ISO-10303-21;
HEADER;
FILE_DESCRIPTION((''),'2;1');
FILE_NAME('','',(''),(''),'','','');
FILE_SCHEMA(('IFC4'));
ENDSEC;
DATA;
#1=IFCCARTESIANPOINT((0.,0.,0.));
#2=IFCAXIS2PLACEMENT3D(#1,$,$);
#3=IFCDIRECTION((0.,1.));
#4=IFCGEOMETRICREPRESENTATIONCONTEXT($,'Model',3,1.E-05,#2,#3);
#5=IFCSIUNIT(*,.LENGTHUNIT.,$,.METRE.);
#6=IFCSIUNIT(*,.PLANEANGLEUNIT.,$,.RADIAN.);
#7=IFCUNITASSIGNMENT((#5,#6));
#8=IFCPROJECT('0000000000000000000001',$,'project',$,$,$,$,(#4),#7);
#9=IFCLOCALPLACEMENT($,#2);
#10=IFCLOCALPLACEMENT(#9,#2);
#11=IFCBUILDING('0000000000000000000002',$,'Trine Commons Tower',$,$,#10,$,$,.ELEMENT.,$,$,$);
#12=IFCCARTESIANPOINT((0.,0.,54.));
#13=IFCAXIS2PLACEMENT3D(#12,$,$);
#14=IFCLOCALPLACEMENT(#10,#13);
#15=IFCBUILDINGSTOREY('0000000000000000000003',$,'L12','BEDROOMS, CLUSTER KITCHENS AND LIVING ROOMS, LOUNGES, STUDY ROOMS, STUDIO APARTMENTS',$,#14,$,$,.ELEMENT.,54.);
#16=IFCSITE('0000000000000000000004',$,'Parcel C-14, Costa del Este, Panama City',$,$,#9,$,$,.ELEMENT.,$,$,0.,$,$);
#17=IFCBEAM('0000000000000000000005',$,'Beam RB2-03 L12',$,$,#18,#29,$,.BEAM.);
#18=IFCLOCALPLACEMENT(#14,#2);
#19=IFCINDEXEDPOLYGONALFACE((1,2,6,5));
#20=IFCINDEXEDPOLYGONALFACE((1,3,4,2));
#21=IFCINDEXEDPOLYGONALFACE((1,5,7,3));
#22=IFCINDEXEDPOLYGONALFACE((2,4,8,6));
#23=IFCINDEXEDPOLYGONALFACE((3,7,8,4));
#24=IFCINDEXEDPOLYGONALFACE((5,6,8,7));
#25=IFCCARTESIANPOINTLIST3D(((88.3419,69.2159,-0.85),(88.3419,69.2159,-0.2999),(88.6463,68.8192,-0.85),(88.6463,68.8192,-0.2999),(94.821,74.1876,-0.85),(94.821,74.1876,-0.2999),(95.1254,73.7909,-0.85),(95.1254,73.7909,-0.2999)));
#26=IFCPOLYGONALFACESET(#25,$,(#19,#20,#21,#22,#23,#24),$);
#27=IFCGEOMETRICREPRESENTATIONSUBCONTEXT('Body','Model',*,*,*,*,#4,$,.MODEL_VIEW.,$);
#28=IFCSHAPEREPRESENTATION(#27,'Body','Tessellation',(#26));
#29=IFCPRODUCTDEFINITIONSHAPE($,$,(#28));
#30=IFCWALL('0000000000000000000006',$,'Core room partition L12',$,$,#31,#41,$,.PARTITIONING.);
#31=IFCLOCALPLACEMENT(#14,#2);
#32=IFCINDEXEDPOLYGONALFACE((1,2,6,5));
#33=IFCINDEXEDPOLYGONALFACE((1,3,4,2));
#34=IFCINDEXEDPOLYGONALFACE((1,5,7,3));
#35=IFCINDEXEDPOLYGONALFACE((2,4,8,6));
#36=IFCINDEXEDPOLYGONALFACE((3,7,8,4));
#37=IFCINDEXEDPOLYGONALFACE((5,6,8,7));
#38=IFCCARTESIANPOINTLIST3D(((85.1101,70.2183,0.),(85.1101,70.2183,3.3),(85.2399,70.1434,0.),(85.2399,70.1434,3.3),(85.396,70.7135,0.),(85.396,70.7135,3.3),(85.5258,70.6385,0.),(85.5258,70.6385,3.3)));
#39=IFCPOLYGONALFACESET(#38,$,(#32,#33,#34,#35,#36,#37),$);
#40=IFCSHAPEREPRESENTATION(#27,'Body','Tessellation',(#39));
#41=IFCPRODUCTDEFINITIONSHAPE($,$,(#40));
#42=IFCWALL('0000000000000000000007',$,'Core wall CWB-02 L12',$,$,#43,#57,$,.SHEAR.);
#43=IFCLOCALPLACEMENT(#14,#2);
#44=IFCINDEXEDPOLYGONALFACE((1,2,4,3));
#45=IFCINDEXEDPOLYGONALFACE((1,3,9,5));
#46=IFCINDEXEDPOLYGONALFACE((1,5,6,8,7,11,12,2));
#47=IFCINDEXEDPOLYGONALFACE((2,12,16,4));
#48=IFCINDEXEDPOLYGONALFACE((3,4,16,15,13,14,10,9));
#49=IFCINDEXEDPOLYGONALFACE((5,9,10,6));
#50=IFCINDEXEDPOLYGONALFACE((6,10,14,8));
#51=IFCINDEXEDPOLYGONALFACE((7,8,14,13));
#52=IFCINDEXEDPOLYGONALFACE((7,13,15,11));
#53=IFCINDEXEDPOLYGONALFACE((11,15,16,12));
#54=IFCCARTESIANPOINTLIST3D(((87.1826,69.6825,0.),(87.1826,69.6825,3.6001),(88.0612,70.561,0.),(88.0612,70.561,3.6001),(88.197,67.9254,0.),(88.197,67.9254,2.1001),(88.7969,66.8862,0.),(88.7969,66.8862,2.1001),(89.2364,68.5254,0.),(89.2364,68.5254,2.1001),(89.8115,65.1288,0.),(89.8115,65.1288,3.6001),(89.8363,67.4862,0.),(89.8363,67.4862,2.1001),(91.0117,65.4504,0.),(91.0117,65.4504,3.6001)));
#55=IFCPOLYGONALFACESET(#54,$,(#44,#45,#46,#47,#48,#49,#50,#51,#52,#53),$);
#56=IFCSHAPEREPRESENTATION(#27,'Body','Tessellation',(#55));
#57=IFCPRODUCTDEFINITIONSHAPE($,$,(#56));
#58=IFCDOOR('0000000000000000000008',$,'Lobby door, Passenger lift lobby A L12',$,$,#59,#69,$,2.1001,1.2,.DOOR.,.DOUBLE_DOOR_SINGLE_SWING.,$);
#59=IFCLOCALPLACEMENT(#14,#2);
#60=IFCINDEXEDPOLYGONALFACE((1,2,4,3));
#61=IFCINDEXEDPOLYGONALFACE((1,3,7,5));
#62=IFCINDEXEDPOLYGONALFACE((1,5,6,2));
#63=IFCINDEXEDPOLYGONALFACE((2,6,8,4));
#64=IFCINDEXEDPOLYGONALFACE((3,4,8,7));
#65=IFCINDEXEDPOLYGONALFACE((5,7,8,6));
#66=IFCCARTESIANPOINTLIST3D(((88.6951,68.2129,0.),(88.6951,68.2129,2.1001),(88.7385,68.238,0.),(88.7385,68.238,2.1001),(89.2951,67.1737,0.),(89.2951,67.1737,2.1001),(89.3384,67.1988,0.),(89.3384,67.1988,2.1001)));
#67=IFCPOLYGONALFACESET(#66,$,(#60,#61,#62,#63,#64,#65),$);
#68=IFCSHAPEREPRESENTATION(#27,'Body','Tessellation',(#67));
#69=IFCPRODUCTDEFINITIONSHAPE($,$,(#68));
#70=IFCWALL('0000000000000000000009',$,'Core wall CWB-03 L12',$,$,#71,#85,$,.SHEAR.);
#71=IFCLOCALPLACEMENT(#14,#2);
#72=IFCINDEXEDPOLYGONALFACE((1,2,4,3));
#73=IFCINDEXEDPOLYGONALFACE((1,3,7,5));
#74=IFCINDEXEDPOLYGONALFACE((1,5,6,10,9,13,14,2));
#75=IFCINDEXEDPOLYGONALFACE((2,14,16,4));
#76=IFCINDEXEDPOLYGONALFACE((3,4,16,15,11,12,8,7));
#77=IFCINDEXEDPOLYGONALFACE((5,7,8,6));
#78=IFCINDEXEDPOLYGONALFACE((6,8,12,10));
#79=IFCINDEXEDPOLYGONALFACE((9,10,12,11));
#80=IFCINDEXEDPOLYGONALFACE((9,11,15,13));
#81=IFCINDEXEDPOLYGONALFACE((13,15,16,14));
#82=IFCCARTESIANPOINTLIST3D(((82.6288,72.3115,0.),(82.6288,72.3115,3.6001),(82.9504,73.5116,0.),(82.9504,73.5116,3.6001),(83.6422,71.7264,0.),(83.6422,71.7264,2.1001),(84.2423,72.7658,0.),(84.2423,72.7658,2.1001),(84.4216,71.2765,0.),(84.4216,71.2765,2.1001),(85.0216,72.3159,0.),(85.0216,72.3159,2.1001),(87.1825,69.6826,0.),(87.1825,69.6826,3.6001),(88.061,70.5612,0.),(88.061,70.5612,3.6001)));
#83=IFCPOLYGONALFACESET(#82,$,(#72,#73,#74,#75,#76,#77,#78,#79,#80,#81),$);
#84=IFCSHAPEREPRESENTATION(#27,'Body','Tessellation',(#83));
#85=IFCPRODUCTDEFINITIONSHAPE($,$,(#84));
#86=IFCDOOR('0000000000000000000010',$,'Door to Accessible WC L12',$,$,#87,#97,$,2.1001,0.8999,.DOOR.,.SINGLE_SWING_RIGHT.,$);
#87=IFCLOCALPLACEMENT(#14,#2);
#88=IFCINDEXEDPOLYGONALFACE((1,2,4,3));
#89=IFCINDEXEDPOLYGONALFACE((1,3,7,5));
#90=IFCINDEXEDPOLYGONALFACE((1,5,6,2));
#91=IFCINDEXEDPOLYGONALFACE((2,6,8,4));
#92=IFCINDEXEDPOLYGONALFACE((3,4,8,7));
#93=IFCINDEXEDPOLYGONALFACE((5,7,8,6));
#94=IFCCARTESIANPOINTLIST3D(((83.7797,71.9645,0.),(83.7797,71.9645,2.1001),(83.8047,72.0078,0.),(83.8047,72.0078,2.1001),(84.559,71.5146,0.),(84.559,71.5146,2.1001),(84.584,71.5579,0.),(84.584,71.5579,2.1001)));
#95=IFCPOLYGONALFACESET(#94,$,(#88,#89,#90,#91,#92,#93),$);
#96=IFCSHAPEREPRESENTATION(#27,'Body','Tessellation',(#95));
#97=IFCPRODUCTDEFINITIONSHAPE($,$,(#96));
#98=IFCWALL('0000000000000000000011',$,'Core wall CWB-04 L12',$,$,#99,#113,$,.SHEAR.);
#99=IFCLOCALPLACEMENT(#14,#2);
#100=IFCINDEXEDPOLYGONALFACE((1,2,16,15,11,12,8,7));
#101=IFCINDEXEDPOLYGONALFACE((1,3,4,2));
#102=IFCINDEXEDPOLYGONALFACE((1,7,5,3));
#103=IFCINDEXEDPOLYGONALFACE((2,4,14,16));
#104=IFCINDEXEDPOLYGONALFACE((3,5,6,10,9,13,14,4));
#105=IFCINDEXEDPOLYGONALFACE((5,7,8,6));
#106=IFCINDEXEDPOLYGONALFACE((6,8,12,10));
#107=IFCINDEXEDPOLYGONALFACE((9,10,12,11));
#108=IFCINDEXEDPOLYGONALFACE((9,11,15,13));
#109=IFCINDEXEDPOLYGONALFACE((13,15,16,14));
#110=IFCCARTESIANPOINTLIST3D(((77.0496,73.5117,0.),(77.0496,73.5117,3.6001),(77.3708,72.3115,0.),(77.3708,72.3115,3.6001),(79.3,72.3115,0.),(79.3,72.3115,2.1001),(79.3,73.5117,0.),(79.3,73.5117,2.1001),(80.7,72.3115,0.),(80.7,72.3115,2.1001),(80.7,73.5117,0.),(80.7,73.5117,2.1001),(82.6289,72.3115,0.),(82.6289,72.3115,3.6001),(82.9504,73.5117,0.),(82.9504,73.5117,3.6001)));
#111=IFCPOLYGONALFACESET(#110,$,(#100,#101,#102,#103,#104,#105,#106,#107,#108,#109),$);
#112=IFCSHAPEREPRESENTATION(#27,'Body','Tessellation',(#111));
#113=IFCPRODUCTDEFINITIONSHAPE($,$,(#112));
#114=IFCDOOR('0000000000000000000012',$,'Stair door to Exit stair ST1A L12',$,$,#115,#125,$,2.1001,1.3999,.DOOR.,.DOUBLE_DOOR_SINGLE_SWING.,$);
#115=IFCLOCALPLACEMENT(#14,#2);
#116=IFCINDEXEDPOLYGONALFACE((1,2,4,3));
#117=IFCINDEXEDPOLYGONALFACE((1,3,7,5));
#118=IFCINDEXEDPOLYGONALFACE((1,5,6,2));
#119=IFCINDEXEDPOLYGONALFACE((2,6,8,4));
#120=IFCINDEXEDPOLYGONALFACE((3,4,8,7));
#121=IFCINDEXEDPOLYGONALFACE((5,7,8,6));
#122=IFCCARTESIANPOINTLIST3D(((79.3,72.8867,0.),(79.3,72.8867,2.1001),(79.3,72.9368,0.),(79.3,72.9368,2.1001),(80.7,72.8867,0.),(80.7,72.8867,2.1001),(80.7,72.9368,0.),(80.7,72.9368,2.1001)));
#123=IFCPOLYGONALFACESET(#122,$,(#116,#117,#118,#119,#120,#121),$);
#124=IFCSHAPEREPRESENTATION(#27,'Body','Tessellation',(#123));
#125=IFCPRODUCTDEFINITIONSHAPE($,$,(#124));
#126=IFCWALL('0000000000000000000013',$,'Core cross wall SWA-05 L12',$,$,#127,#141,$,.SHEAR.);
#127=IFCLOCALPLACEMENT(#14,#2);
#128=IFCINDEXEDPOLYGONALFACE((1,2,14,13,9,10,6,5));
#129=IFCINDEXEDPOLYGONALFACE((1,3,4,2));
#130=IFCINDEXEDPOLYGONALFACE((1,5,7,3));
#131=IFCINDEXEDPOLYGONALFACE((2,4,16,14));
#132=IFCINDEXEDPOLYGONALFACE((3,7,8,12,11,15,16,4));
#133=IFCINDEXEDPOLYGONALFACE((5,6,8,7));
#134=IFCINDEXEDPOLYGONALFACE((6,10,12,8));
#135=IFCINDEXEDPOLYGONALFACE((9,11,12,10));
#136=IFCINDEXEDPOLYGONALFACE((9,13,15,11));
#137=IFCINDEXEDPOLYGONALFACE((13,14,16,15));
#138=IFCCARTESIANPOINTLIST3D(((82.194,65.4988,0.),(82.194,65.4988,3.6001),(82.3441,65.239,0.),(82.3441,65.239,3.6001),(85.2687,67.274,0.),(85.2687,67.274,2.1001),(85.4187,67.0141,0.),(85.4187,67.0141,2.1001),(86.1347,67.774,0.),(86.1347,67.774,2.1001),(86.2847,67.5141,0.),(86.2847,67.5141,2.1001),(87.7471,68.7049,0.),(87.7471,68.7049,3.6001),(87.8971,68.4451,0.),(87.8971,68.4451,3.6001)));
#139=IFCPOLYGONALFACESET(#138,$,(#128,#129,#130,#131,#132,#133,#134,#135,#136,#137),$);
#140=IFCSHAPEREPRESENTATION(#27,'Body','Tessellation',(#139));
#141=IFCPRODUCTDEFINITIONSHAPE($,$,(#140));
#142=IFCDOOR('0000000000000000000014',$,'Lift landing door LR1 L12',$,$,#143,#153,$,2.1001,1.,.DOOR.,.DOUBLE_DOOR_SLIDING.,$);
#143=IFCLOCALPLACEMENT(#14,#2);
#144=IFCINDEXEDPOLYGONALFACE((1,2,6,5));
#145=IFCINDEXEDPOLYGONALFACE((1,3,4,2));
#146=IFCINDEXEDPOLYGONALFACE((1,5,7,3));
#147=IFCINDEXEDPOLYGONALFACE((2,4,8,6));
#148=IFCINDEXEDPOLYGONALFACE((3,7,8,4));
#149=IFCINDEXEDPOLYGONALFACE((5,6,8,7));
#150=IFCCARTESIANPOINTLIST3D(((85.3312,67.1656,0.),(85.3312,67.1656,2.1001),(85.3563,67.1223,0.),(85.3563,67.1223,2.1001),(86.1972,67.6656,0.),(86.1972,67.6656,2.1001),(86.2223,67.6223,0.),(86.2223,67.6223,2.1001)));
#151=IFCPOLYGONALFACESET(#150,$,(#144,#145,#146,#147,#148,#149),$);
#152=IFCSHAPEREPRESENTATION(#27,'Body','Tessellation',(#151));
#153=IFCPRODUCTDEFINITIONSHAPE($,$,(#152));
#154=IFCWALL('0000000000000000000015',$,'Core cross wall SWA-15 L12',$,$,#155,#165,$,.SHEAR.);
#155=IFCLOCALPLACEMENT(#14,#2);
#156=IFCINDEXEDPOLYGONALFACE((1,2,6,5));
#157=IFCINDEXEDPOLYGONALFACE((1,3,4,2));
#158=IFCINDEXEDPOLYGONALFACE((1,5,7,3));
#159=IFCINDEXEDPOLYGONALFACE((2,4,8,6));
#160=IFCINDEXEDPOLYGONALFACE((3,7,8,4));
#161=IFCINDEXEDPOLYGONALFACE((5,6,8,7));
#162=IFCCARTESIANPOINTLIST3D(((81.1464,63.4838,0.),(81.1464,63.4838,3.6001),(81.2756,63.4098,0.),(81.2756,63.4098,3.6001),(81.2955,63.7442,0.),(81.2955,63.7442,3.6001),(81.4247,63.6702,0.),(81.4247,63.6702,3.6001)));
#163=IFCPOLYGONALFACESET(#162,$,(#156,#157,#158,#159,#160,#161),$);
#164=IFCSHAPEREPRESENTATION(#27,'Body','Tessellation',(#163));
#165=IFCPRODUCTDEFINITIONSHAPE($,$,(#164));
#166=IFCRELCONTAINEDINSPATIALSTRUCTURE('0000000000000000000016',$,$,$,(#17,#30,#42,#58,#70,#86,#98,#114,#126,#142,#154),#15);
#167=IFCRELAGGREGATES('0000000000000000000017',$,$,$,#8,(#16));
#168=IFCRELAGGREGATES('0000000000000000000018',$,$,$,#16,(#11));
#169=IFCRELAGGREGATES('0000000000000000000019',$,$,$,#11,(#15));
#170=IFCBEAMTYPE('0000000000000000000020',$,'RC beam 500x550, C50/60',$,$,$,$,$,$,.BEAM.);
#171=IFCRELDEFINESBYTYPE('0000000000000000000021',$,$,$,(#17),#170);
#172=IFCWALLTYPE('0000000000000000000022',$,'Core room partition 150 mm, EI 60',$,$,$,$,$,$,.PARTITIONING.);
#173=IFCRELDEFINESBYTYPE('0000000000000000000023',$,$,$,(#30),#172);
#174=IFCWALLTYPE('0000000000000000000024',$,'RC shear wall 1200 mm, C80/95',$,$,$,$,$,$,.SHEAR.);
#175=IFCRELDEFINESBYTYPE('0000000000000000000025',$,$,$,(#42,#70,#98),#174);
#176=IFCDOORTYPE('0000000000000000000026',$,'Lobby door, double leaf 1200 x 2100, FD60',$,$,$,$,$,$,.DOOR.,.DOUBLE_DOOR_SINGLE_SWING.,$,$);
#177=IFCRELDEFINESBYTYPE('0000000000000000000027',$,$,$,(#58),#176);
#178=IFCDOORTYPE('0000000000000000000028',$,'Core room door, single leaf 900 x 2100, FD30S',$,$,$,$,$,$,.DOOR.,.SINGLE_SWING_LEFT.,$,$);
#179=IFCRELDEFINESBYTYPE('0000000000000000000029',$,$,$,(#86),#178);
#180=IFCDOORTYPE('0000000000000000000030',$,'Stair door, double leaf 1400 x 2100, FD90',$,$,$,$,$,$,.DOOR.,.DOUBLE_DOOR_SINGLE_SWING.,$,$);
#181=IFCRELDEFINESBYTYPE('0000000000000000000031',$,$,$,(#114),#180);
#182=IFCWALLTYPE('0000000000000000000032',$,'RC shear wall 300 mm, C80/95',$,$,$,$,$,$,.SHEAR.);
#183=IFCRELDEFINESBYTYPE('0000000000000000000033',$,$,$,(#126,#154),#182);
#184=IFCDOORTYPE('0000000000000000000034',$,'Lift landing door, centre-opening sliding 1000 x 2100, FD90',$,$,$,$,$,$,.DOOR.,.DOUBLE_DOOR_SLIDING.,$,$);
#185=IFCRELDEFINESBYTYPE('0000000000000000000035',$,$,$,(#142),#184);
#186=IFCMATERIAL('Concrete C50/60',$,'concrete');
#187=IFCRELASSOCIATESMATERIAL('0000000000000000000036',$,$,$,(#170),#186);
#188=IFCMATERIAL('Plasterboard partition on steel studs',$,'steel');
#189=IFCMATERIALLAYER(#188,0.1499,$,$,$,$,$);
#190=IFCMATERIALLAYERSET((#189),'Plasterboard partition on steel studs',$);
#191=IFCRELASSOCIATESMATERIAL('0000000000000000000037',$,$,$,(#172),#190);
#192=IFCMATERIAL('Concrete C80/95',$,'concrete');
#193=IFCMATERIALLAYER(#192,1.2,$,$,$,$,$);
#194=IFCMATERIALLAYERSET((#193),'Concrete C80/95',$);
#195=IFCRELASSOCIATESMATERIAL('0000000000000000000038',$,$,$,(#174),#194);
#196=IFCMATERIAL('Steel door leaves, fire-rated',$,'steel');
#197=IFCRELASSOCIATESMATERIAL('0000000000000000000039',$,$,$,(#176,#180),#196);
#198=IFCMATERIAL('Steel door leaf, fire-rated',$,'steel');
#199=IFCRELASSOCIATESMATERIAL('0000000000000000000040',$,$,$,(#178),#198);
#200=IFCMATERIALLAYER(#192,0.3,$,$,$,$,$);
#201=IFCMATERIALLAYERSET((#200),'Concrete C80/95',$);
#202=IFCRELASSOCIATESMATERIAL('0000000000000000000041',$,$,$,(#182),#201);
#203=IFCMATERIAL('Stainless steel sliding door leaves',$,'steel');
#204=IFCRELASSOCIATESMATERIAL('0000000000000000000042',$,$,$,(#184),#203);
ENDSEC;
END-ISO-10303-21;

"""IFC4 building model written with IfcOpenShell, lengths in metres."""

from ifc_helpers import new_model, si_unit, direction, frame, frame_2d, origin, origin_2d, place, context, subcontext, project, spatial, polyline, rectangle, outline, extrude, material, layer, layer_set, material_profile, profile_set, type_object, element, fill, save


model = new_model("IFC4")

# Units and contexts
model_context = context("Model", 3, precision=1e-05, world=origin(), true_north=direction((0.0, 1.0)))
body_context = subcontext(model_context, "Body", "Model", "MODEL_VIEW")
ifc_project = project(units=[si_unit("LENGTHUNIT", "METRE"), si_unit("PLANEANGLEUNIT", "RADIAN")], contexts=[model_context])

# Site, building, storey
site_placement = place(None, origin())
site = spatial("IfcSite", under=ifc_project, at=site_placement, Name="Parcel C-14, Costa del Este, Panama City", CompositionType="ELEMENT", RefElevation=0.0)
building_placement = place(site_placement, origin())
building = spatial("IfcBuilding", under=site, at=building_placement, Name="Trine Commons Tower", CompositionType="ELEMENT")
storey_placement = place(building_placement, frame((0.0, 0.0, 54.0)))
storey = spatial("IfcBuildingStorey", under=building, at=storey_placement, Name="L12", Description="BEDROOMS, CLUSTER KITCHENS AND LIVING ROOMS, LOUNGES, STUDY ROOMS, STUDIO APARTMENTS", CompositionType="ELEMENT", Elevation=54.0)

# Beam
ifc_material_1 = material(Name="Concrete C50/60", Category="concrete")
ifc_material_profile = material_profile(ifc_material_1, rectangle(XDim=0.5, YDim=0.55, at=origin_2d()), Name="RC 500x550")
ifc_profile_set = profile_set([ifc_material_profile], Name="Concrete C50/60")
beam_type = type_object("IfcBeamType", Name="RC beam 500x550, C50/60", PredefinedType="BEAM", material=ifc_profile_set)
beam_placement = place(storey_placement, frame((88.4941, 69.0176, -0.575), z_axis=(0.793344, 0.608774, 0.0), x_axis=(-0.608774, 0.793344, 0.0)))
element("IfcBeam", 1, at=beam_placement, inside=storey, type_object=beam_type, Name="Beam RB2-03 L12", PredefinedType="BEAM", context=body_context, shape_type="SweptSolid", body=[
    extrude(rectangle(XDim=0.5, YDim=0.55, at=origin_2d()), origin(), (0.0, 0.0, 1.0), 8.1667),
])

# Wall
ifc_material_2 = material(Name="Plasterboard partition on steel studs", Category="steel")
ifc_layer_1 = layer(ifc_material_2, 0.1499)
ifc_layer_set_1 = layer_set([ifc_layer_1], Name="Plasterboard partition on steel studs")
wall_type_1 = type_object("IfcWallType", Name="Core room partition 150 mm, EI 60", PredefinedType="PARTITIONING", material=ifc_layer_set_1)
wall_1_placement = place(storey_placement, frame((85.4609, 70.676, 0.0), z_axis=(0.0, 0.0, 1.0), x_axis=(-0.500043, -0.866001, 0.0)))
element("IfcWall", 2, at=wall_1_placement, inside=storey, type_object=wall_type_1, Name="Core room partition L12", PredefinedType="PARTITIONING", context=body_context, shape_type="SweptSolid", body=[
    extrude(rectangle(XDim=0.5718, YDim=0.1499, at=frame_2d((0.2859, 0.0))), origin(), (0.0, 0.0, 1.0), 3.3),
])

# Walls, openings, doors
ifc_material_3 = material(Name="Concrete C80/95", Category="concrete")
ifc_layer_2 = layer(ifc_material_3, 1.2)
ifc_layer_set_2 = layer_set([ifc_layer_2], Name="Concrete C80/95")
wall_type_2 = type_object("IfcWallType", Name="RC shear wall 1200 mm, C80/95", PredefinedType="SHEAR", material=ifc_layer_set_2)
wall_2_placement = place(storey_placement, frame((90.4919, 65.1504, 0.0), z_axis=(0.0, 0.0, 1.0), x_axis=(-0.499979, 0.866037, 0.0)))
wall_2 = element("IfcWall", 3, at=wall_2_placement, inside=storey, type_object=wall_type_2, Name="Core wall CWB-02 L12", PredefinedType="SHEAR", context=body_context, shape_type="SweptSolid", body=[
    extrude(outline(polyline([(0.0, -0.6001), (5.9011, -0.6001), (5.5796, 0.6001), (0.3215, 0.6001), (0.0, -0.6001)])), origin(), (0.0, 0.0, 1.0), 3.6001),
])
opening_1_placement = place(wall_2_placement, frame((2.3506, 0.0, 0.0)))
opening_1 = element("IfcOpeningElement", 4, at=opening_1_placement, cuts=wall_2, PredefinedType="OPENING", context=body_context, shape_type="SweptSolid", body=[
    extrude(rectangle(XDim=1.2, YDim=2.1001, at=frame_2d((0.6001, 1.05))), frame((0.0, 0.6099, 0.0), z_axis=(0.0, -1.0, 0.0), x_axis=(1.0, 0.0, 0.0)), (0.0, 0.0, 1.0), 1.22),
])
ifc_material_4 = material(Name="Steel door leaves, fire-rated", Category="steel")
door_type_1 = type_object("IfcDoorType", Name="Lobby door, double leaf 1200 x 2100, FD60", OperationType="DOUBLE_DOOR_SINGLE_SWING", PredefinedType="DOOR", material=ifc_material_4)
door_1_placement = place(opening_1_placement, origin())
door_1 = element("IfcDoor", 5, at=door_1_placement, inside=storey, type_object=door_type_1, Name="Lobby door, Passenger lift lobby A L12", OperationType="DOUBLE_DOOR_SINGLE_SWING", OverallHeight=2.1001, OverallWidth=1.2, PredefinedType="DOOR", context=body_context, shape_type="SweptSolid", body=[
    extrude(rectangle(XDim=1.2, YDim=2.1001, at=frame_2d((0.6001, 1.05))), frame((0.0, 0.0249, 0.0), z_axis=(0.0, -1.0, 0.0), x_axis=(1.0, 0.0, 0.0)), (0.0, 0.0, 1.0), 0.05),
])
fill(opening_1, door_1)
wall_3_placement = place(storey_placement, frame((87.761, 70.0415, 0.0), z_axis=(0.0, 0.0, 1.0), x_axis=(-0.866037, 0.499979, 0.0)))
wall_3 = element("IfcWall", 6, at=wall_3_placement, inside=storey, type_object=wall_type_2, Name="Core wall CWB-03 L12", PredefinedType="SHEAR", context=body_context, shape_type="SweptSolid", body=[
    extrude(outline(polyline([(0.0, -0.6001), (5.9011, -0.6001), (5.5796, 0.6001), (0.3215, 0.6001), (0.0, -0.6001)])), origin(), (0.0, 0.0, 1.0), 3.6001),
])
opening_2_placement = place(wall_3_placement, frame((3.5095, 0.0, 0.0)))
opening_2 = element("IfcOpeningElement", 7, at=opening_2_placement, cuts=wall_3, PredefinedType="OPENING", context=body_context, shape_type="SweptSolid", body=[
    extrude(rectangle(XDim=0.8999, YDim=2.1001, at=frame_2d((0.45, 1.05))), frame((0.0, 0.6099, 0.0), z_axis=(0.0, -1.0, 0.0), x_axis=(1.0, 0.0, 0.0)), (0.0, 0.0, 1.0), 1.22),
])
ifc_material_5 = material(Name="Steel door leaf, fire-rated", Category="steel")
door_type_2 = type_object("IfcDoorType", Name="Core room door, single leaf 900 x 2100, FD30S", OperationType="SINGLE_SWING_LEFT", PredefinedType="DOOR", material=ifc_material_5)
door_2_placement = place(opening_2_placement, origin())
door_2 = element("IfcDoor", 8, at=door_2_placement, inside=storey, type_object=door_type_2, Name="Door to Accessible WC L12", OperationType="SINGLE_SWING_RIGHT", OverallHeight=2.1001, OverallWidth=0.8999, PredefinedType="DOOR", context=body_context, shape_type="SweptSolid", body=[
    extrude(rectangle(XDim=0.8999, YDim=2.1001, at=frame_2d((0.45, 1.05))), frame((0.0, 0.3252, 0.0), z_axis=(0.0, -1.0, 0.0), x_axis=(1.0, 0.0, 0.0)), (0.0, 0.0, 1.0), 0.05),
])
fill(opening_2, door_2)
wall_4_placement = place(storey_placement, frame((82.9504, 72.9116, 0.0), z_axis=(0.0, 0.0, 1.0), x_axis=(-1.0, 0.0, 0.0)))
wall_4 = element("IfcWall", 9, at=wall_4_placement, inside=storey, type_object=wall_type_2, Name="Core wall CWB-04 L12", PredefinedType="SHEAR", context=body_context, shape_type="SweptSolid", body=[
    extrude(outline(polyline([(0.0, -0.6001), (5.9009, -0.6001), (5.5796, 0.6001), (0.3215, 0.6001), (0.0, -0.6001)])), origin(), (0.0, 0.0, 1.0), 3.6001),
])
opening_3_placement = place(wall_4_placement, frame((2.2505, 0.0, 0.0)))
opening_3 = element("IfcOpeningElement", 10, at=opening_3_placement, cuts=wall_4, PredefinedType="OPENING", context=body_context, shape_type="SweptSolid", body=[
    extrude(rectangle(XDim=1.3999, YDim=2.1001, at=frame_2d((0.7, 1.05))), frame((0.0, 0.6099, 0.0), z_axis=(0.0, -1.0, 0.0), x_axis=(1.0, 0.0, 0.0)), (0.0, 0.0, 1.0), 1.22),
])
door_type_3 = type_object("IfcDoorType", Name="Stair door, double leaf 1400 x 2100, FD90", OperationType="DOUBLE_DOOR_SINGLE_SWING", PredefinedType="DOOR", material=ifc_material_4)
door_3_placement = place(opening_3_placement, origin())
door_3 = element("IfcDoor", 11, at=door_3_placement, inside=storey, type_object=door_type_3, Name="Stair door to Exit stair ST1A L12", OperationType="DOUBLE_DOOR_SINGLE_SWING", OverallHeight=2.1001, OverallWidth=1.3999, PredefinedType="DOOR", context=body_context, shape_type="SweptSolid", body=[
    extrude(rectangle(XDim=1.3999, YDim=2.1001, at=frame_2d((0.7, 1.05))), frame((0.0, 0.0249, 0.0), z_axis=(0.0, -1.0, 0.0), x_axis=(1.0, 0.0, 0.0)), (0.0, 0.0, 1.0), 0.05),
])
fill(opening_3, door_3)
ifc_layer_3 = layer(ifc_material_3, 0.3)
ifc_layer_set_3 = layer_set([ifc_layer_3], Name="Concrete C80/95")
wall_type_3 = type_object("IfcWallType", Name="RC shear wall 300 mm, C80/95", PredefinedType="SHEAR", material=ifc_layer_set_3)
wall_5_placement = place(storey_placement, frame((82.269, 65.3689, 0.0), z_axis=(0.0, 0.0, 1.0), x_axis=(0.866023, 0.500005, 0.0)))
wall_5 = element("IfcWall", 12, at=wall_5_placement, inside=storey, type_object=wall_type_3, Name="Core cross wall SWA-05 L12", PredefinedType="SHEAR", context=body_context, shape_type="SweptSolid", body=[
    extrude(rectangle(XDim=6.4121, YDim=0.3, at=frame_2d((3.2061, 0.0))), origin(), (0.0, 0.0, 1.0), 3.6001),
])
opening_4_placement = place(wall_5_placement, frame((3.5503, 0.0, 0.0)))
opening_4 = element("IfcOpeningElement", 13, at=opening_4_placement, cuts=wall_5, PredefinedType="OPENING", context=body_context, shape_type="SweptSolid", body=[
    extrude(rectangle(XDim=1.0, YDim=2.1001, at=frame_2d((0.5, 1.05))), frame((0.0, 0.1599, 0.0), z_axis=(0.0, -1.0, 0.0), x_axis=(1.0, 0.0, 0.0)), (0.0, 0.0, 1.0), 0.3201),
])
ifc_material_6 = material(Name="Stainless steel sliding door leaves", Category="steel")
door_type_4 = type_object("IfcDoorType", Name="Lift landing door, centre-opening sliding 1000 x 2100, FD90", OperationType="DOUBLE_DOOR_SLIDING", PredefinedType="DOOR", material=ifc_material_6)
door_4_placement = place(opening_4_placement, origin())
door_4 = element("IfcDoor", 14, at=door_4_placement, inside=storey, type_object=door_type_4, Name="Lift landing door LR1 L12", OperationType="DOUBLE_DOOR_SLIDING", OverallHeight=2.1001, OverallWidth=1.0, PredefinedType="DOOR", context=body_context, shape_type="SweptSolid", body=[
    extrude(rectangle(XDim=1.0, YDim=2.1001, at=frame_2d((0.5, 1.05))), frame((0.0, 0.0249, 0.0), z_axis=(0.0, -1.0, 0.0), x_axis=(1.0, 0.0, 0.0)), (0.0, 0.0, 1.0), 0.05),
])
fill(opening_4, door_4)

# Wall
wall_6_placement = place(storey_placement, frame((81.2209, 63.614, 0.0), z_axis=(0.0, 0.0, 1.0), x_axis=(0.867738, -0.497022, 0.0)))
element("IfcWall", 15, at=wall_6_placement, inside=storey, type_object=wall_type_3, Name="Core cross wall SWA-15 L12", PredefinedType="SHEAR", context=body_context, shape_type="SweptSolid", body=[
    extrude(rectangle(XDim=0.1489, YDim=0.3, at=frame_2d((0.0745, 0.0))), origin(), (0.0, 0.0, 1.0), 3.6001),
])

save(model, "model.ifc")
